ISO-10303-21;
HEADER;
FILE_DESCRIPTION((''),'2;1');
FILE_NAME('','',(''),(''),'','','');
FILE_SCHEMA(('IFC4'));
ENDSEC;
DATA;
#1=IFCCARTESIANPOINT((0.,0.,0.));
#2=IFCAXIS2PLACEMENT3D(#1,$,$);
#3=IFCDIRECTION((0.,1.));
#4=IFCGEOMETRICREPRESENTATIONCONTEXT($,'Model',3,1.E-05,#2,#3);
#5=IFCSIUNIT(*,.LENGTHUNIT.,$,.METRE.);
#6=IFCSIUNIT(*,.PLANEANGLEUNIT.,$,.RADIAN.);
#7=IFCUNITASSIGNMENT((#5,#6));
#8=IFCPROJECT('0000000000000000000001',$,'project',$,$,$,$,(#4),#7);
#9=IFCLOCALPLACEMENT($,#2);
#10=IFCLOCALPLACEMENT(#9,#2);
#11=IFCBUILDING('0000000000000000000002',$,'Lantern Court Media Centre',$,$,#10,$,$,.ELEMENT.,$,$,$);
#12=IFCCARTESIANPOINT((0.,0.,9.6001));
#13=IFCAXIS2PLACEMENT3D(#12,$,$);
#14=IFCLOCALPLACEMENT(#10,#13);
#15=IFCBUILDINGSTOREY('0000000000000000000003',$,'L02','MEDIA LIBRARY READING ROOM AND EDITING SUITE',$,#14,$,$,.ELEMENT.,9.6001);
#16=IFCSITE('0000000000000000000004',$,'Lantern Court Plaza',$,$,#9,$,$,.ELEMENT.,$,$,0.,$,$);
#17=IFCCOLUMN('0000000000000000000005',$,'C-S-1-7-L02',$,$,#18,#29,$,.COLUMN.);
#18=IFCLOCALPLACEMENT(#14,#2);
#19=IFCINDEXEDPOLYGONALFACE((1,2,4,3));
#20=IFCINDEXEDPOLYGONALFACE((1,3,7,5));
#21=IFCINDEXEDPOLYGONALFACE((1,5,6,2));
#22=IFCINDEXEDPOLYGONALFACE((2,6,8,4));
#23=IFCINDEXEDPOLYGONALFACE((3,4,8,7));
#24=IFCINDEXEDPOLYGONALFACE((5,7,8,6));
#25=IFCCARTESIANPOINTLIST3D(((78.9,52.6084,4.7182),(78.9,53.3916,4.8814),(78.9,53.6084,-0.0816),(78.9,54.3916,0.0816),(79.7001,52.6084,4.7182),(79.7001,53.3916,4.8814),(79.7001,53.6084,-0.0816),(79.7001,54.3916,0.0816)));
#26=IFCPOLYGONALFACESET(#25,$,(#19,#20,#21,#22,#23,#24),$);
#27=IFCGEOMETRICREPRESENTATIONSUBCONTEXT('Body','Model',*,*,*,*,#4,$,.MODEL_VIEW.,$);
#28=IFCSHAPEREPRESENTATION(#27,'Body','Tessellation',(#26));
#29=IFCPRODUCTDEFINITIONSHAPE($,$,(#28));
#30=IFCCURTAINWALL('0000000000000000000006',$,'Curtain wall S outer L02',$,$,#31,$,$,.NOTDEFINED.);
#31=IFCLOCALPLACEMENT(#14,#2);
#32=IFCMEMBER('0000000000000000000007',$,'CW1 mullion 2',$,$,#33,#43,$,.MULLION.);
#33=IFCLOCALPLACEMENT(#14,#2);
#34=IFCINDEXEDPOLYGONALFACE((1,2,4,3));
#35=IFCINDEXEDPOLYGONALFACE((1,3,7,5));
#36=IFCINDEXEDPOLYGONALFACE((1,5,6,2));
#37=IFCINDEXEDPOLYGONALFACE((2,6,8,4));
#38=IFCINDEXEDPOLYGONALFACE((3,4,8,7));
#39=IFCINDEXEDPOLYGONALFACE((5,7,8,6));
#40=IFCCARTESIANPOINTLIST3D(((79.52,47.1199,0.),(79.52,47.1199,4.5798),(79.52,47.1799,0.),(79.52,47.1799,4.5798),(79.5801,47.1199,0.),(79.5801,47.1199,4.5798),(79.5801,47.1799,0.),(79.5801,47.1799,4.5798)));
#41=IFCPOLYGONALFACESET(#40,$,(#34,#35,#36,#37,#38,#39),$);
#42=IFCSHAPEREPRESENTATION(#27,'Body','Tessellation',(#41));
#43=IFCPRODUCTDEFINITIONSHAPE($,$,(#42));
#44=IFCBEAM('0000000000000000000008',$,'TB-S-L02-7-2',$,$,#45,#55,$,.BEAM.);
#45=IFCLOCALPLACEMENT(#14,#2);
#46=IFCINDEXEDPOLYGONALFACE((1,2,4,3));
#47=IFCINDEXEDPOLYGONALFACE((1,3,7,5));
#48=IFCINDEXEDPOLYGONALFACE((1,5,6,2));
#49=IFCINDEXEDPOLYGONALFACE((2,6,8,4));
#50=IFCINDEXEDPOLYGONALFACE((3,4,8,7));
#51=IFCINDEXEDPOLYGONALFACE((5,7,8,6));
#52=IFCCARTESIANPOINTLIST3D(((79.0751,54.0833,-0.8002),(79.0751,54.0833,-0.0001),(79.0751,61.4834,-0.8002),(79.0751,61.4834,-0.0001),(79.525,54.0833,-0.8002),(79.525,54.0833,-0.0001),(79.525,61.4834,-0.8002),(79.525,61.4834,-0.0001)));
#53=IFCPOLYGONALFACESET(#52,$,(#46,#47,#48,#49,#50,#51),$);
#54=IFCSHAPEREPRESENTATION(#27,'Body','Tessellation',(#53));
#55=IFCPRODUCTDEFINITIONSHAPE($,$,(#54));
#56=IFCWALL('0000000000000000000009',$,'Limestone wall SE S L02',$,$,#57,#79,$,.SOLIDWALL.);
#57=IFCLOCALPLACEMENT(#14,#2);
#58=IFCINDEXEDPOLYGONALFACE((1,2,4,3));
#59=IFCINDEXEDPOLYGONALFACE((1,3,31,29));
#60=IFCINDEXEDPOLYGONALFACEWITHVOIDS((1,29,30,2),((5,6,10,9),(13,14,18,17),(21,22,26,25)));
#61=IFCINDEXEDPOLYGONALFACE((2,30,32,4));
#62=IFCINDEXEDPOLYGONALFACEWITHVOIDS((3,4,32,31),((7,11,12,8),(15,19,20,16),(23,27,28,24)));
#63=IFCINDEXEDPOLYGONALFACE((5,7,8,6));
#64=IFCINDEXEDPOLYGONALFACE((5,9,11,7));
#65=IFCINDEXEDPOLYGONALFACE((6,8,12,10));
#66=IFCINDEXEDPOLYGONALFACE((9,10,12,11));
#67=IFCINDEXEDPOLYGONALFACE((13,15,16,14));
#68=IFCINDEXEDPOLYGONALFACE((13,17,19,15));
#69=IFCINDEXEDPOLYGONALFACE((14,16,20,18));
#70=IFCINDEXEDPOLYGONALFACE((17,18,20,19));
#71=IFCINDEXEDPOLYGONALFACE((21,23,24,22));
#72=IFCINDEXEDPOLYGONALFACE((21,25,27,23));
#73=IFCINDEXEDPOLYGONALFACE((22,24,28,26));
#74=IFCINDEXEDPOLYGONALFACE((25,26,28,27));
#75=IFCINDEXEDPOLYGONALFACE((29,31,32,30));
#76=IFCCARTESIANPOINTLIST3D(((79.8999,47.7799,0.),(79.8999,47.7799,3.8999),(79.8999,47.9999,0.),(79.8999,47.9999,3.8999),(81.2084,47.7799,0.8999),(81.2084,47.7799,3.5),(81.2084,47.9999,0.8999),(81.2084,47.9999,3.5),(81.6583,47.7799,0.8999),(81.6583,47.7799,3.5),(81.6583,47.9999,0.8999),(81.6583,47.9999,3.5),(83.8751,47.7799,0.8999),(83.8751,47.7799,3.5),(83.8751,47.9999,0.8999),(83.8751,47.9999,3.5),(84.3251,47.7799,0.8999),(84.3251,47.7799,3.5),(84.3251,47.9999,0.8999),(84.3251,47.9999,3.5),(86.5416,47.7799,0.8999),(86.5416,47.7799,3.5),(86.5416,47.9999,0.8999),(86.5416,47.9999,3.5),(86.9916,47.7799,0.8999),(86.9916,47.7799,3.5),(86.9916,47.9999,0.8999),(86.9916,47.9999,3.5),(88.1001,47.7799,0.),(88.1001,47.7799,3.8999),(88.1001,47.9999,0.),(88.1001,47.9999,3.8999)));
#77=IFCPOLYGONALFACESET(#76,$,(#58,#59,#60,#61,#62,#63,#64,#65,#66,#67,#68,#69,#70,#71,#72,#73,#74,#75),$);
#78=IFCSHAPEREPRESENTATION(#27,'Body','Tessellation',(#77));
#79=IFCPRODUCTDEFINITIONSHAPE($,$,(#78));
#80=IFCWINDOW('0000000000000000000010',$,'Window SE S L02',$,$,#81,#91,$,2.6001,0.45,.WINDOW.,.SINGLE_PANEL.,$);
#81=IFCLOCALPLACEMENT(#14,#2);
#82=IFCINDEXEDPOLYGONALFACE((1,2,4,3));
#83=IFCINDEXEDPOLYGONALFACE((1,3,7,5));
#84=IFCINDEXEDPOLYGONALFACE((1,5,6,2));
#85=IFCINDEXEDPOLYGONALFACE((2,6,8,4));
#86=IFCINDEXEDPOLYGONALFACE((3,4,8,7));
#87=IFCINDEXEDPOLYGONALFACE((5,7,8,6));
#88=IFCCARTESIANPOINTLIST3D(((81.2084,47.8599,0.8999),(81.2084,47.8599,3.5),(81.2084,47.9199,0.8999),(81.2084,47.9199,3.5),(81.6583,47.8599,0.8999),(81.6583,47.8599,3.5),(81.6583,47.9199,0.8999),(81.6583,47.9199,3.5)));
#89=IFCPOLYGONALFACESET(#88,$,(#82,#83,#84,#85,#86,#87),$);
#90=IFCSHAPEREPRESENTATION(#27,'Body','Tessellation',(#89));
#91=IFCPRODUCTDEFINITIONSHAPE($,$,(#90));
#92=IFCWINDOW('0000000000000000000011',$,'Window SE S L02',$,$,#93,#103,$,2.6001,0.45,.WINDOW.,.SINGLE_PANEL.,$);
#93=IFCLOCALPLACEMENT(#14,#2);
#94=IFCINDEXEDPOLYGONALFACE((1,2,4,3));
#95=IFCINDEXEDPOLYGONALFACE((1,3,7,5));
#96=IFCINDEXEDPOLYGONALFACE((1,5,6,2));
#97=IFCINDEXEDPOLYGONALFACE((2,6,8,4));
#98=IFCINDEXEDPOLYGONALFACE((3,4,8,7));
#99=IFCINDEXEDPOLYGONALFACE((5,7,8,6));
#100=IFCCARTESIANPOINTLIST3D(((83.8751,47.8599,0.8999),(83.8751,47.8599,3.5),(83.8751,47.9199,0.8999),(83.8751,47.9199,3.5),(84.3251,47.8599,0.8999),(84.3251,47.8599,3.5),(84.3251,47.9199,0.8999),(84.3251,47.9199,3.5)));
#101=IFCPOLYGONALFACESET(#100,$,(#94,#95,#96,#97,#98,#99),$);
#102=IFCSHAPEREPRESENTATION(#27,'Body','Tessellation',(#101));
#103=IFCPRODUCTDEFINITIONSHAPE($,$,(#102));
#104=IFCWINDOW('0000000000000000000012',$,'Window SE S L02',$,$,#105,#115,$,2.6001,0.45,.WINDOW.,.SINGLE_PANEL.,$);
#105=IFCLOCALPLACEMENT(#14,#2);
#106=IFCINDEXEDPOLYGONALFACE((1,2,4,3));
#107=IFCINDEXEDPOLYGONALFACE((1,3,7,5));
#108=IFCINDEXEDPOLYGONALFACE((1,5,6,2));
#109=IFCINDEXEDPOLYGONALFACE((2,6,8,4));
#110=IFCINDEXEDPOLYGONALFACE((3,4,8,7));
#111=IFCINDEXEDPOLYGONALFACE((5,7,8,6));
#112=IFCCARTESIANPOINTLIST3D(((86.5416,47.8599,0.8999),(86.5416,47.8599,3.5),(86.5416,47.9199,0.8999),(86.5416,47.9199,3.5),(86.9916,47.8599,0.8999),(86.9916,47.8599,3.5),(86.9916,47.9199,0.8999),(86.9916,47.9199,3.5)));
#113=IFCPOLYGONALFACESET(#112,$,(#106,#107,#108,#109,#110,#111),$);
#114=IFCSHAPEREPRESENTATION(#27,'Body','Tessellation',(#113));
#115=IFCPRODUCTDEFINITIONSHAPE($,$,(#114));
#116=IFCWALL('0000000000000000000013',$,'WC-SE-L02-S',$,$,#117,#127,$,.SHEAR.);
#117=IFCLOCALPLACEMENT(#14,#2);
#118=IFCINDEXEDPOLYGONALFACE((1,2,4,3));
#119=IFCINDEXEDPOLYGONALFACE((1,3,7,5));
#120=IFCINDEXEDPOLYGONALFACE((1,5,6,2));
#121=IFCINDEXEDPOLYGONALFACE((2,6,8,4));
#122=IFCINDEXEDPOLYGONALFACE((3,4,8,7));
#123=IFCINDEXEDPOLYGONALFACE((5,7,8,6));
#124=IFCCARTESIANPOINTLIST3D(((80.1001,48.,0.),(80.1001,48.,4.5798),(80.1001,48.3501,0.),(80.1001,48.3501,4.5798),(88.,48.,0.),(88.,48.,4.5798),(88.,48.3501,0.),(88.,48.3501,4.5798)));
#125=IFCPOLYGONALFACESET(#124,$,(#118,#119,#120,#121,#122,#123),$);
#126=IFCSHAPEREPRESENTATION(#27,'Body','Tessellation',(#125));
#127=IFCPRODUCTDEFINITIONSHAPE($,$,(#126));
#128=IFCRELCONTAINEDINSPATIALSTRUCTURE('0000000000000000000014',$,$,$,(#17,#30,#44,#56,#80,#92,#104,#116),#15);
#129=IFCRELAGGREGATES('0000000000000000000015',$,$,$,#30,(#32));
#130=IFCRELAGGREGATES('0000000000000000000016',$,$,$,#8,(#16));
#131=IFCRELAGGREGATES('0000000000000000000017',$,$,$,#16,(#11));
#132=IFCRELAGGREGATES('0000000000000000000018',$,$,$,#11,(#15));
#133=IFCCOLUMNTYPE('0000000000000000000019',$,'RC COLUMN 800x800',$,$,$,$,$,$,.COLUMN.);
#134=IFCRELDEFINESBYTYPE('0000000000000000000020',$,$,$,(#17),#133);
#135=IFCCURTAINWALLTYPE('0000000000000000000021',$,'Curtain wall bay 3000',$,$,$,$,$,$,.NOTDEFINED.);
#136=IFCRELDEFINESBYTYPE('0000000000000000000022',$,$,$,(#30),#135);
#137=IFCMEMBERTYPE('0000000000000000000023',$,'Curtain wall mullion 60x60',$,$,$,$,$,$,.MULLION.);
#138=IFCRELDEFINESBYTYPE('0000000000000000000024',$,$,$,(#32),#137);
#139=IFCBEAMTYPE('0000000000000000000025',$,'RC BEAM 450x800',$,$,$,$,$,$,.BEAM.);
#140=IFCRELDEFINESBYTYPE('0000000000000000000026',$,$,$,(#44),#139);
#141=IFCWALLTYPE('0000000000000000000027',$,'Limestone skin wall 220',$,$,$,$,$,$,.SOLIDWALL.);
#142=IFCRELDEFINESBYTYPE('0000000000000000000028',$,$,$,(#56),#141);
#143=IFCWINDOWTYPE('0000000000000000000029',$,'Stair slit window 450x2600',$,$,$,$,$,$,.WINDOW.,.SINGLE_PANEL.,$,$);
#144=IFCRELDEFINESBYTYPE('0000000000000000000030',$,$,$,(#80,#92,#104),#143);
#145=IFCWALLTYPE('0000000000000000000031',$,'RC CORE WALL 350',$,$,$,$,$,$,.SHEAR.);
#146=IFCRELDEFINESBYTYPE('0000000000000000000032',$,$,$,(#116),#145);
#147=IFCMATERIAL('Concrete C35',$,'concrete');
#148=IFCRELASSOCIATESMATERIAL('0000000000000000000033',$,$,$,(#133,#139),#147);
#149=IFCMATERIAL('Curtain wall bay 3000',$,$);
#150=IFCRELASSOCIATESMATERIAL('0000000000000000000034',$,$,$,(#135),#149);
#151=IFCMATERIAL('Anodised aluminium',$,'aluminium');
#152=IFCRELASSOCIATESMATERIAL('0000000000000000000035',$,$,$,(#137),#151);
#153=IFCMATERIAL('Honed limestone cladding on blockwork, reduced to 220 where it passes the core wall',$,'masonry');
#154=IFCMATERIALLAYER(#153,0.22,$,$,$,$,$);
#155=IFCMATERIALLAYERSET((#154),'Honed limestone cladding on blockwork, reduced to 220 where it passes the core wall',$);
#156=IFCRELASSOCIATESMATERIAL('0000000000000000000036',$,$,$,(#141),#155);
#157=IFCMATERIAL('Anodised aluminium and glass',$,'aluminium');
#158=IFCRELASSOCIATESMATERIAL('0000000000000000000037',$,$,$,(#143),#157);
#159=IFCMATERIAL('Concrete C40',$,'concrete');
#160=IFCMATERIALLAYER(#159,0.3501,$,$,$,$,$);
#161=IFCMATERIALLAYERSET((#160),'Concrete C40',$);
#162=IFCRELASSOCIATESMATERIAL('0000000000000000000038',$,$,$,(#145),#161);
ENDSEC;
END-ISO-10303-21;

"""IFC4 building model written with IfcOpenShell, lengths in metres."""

from ifc_helpers import new_model, si_unit, direction, frame, frame_2d, origin, origin_2d, place, context, subcontext, project, spatial, rectangle, extrude, material, layer, layer_set, material_profile, profile_set, type_object, element, fill, aggregate, save


model = new_model("IFC4")

# Units and contexts
model_context = context("Model", 3, precision=1e-05, world=origin(), true_north=direction((0.0, 1.0)))
body_context = subcontext(model_context, "Body", "Model", "MODEL_VIEW")
ifc_project = project(units=[si_unit("LENGTHUNIT", "METRE"), si_unit("PLANEANGLEUNIT", "RADIAN")], contexts=[model_context])

# Site, building, storey
site_placement = place(None, origin())
site = spatial("IfcSite", under=ifc_project, at=site_placement, Name="Lantern Court Plaza", CompositionType="ELEMENT", RefElevation=0.0)
building_placement = place(site_placement, origin())
building = spatial("IfcBuilding", under=site, at=building_placement, Name="Lantern Court Media Centre", CompositionType="ELEMENT")
storey_placement = place(building_placement, frame((0.0, 0.0, 9.6001)))
storey = spatial("IfcBuildingStorey", under=building, at=storey_placement, Name="L02", Description="MEDIA LIBRARY READING ROOM AND EDITING SUITE", CompositionType="ELEMENT", Elevation=9.6001)

# Column
ifc_material_1 = material(Name="Concrete C35", Category="concrete")
ifc_material_profile_1 = material_profile(ifc_material_1, rectangle(XDim=0.8, YDim=0.8, at=origin_2d()), Name="RC 800x800")
ifc_profile_set_1 = profile_set([ifc_material_profile_1], Name="Concrete C35")
column_type = type_object("IfcColumnType", Name="RC COLUMN 800x800", PredefinedType="COLUMN", material=ifc_profile_set_1)
column_placement = place(storey_placement, frame((79.3, 54.0, 0.0), z_axis=(0.0, -0.203962, 0.978979), x_axis=(1.0, 0.0, 0.0)))
element("IfcColumn", 1, at=column_placement, inside=storey, type_object=column_type, Name="C-S-1-7-L02", PredefinedType="COLUMN", context=body_context, shape_type="SweptSolid", body=[
    extrude(rectangle(XDim=0.8, YDim=0.8, at=origin_2d()), origin(), (0.0, 0.0, 1.0), 4.9028),
])

# Curtain wall, member
ifc_material_2 = material(Name="Curtain wall bay 3000")
curtain_wall_type = type_object("IfcCurtainWallType", Name="Curtain wall bay 3000", PredefinedType="NOTDEFINED", material=ifc_material_2)
curtain_wall_placement = place(storey_placement, origin())
curtain_wall = element("IfcCurtainWall", 2, at=curtain_wall_placement, inside=storey, type_object=curtain_wall_type, Name="Curtain wall S outer L02", PredefinedType="NOTDEFINED")
ifc_material_3 = material(Name="Anodised aluminium", Category="aluminium")
ifc_material_profile_2 = material_profile(ifc_material_3, rectangle(XDim=0.0601, YDim=0.0601, at=origin_2d()), Name="AL 60x60")
ifc_profile_set_2 = profile_set([ifc_material_profile_2], Name="Anodised aluminium")
member_type = type_object("IfcMemberType", Name="Curtain wall mullion 60x60", PredefinedType="MULLION", material=ifc_profile_set_2)
member_placement = place(storey_placement, frame((79.55, 47.1499, 0.0), z_axis=(0.0, 0.0, 1.0), x_axis=(0.0, 1.0, 0.0)))
member = element("IfcMember", 3, at=member_placement, type_object=member_type, Name="CW1 mullion 2", PredefinedType="MULLION", context=body_context, shape_type="SweptSolid", body=[
    extrude(rectangle(XDim=0.0601, YDim=0.0601, at=origin_2d()), origin(), (0.0, 0.0, 1.0), 4.5798),
])
aggregate(curtain_wall, [member])

# Beam
ifc_material_profile_3 = material_profile(ifc_material_1, rectangle(XDim=0.45, YDim=0.8, at=origin_2d()), Name="RC 450x800")
ifc_profile_set_3 = profile_set([ifc_material_profile_3], Name="Concrete C35")
beam_type = type_object("IfcBeamType", Name="RC BEAM 450x800", PredefinedType="BEAM", material=ifc_profile_set_3)
beam_placement = place(storey_placement, frame((79.3, 54.0833, -0.4001), z_axis=(0.0, 1.0, 0.0), x_axis=(-1.0, 0.0, 0.0)))
element("IfcBeam", 4, at=beam_placement, inside=storey, type_object=beam_type, Name="TB-S-L02-7-2", PredefinedType="BEAM", context=body_context, shape_type="SweptSolid", body=[
    extrude(rectangle(XDim=0.45, YDim=0.8, at=origin_2d()), origin(), (0.0, 0.0, 1.0), 7.4001),
])

# Wall, openings, windows
ifc_material_4 = material(Name="Honed limestone cladding on blockwork, reduced to 220 where it passes the core wall", Category="masonry")
ifc_layer_1 = layer(ifc_material_4, 0.22)
ifc_layer_set_1 = layer_set([ifc_layer_1], Name="Honed limestone cladding on blockwork, reduced to 220 where it passes the core wall")
wall_type_1 = type_object("IfcWallType", Name="Limestone skin wall 220", PredefinedType="SOLIDWALL", material=ifc_layer_set_1)
wall_1_placement = place(storey_placement, frame((79.8999, 47.8899, 0.0), z_axis=(0.0, 0.0, 1.0), x_axis=(1.0, 0.0, 0.0)))
wall_1 = element("IfcWall", 5, at=wall_1_placement, inside=storey, type_object=wall_type_1, Name="Limestone wall SE S L02", PredefinedType="SOLIDWALL", context=body_context, shape_type="SweptSolid", body=[
    extrude(rectangle(XDim=8.2002, YDim=0.22, at=frame_2d((4.1001, 0.0))), origin(), (0.0, 0.0, 1.0), 3.8999),
])
opening_1_placement = place(wall_1_placement, frame((1.3083, 0.0, 0.8999)))
opening_1 = element("IfcOpeningElement", 6, at=opening_1_placement, cuts=wall_1, PredefinedType="OPENING", context=body_context, shape_type="SweptSolid", body=[
    extrude(rectangle(XDim=0.45, YDim=2.6001, at=frame_2d((0.2251, 1.3))), frame((0.0, 0.1199, 0.0), z_axis=(0.0, -1.0, 0.0), x_axis=(1.0, 0.0, 0.0)), (0.0, 0.0, 1.0), 0.24),
])
opening_2_placement = place(wall_1_placement, frame((3.9751, 0.0, 0.8999)))
opening_2 = element("IfcOpeningElement", 7, at=opening_2_placement, cuts=wall_1, PredefinedType="OPENING", context=body_context, shape_type="SweptSolid", body=[
    extrude(rectangle(XDim=0.45, YDim=2.6001, at=frame_2d((0.2251, 1.3))), frame((0.0, 0.1199, 0.0), z_axis=(0.0, -1.0, 0.0), x_axis=(1.0, 0.0, 0.0)), (0.0, 0.0, 1.0), 0.24),
])
opening_3_placement = place(wall_1_placement, frame((6.6416, 0.0, 0.8999)))
opening_3 = element("IfcOpeningElement", 8, at=opening_3_placement, cuts=wall_1, PredefinedType="OPENING", context=body_context, shape_type="SweptSolid", body=[
    extrude(rectangle(XDim=0.45, YDim=2.6001, at=frame_2d((0.2251, 1.3))), frame((0.0, 0.1199, 0.0), z_axis=(0.0, -1.0, 0.0), x_axis=(1.0, 0.0, 0.0)), (0.0, 0.0, 1.0), 0.24),
])
ifc_material_5 = material(Name="Anodised aluminium and glass", Category="aluminium")
window_type = type_object("IfcWindowType", Name="Stair slit window 450x2600", PartitioningType="SINGLE_PANEL", PredefinedType="WINDOW", material=ifc_material_5)
window_1_placement = place(opening_1_placement, origin())
window_1 = element("IfcWindow", 9, at=window_1_placement, inside=storey, type_object=window_type, Name="Window SE S L02", OverallHeight=2.6001, OverallWidth=0.45, PartitioningType="SINGLE_PANEL", PredefinedType="WINDOW", context=body_context, shape_type="SweptSolid", body=[
    extrude(rectangle(XDim=0.45, YDim=2.6001, at=frame_2d((0.2251, 1.3))), frame((0.0, 0.03, 0.0), z_axis=(0.0, -1.0, 0.0), x_axis=(1.0, 0.0, 0.0)), (0.0, 0.0, 1.0), 0.0601),
])
fill(opening_1, window_1)
window_2_placement = place(opening_2_placement, origin())
window_2 = element("IfcWindow", 10, at=window_2_placement, inside=storey, type_object=window_type, Name="Window SE S L02", OverallHeight=2.6001, OverallWidth=0.45, PartitioningType="SINGLE_PANEL", PredefinedType="WINDOW", context=body_context, shape_type="SweptSolid", body=[
    extrude(rectangle(XDim=0.45, YDim=2.6001, at=frame_2d((0.2251, 1.3))), frame((0.0, 0.03, 0.0), z_axis=(0.0, -1.0, 0.0), x_axis=(1.0, 0.0, 0.0)), (0.0, 0.0, 1.0), 0.0601),
])
fill(opening_2, window_2)
window_3_placement = place(opening_3_placement, origin())
window_3 = element("IfcWindow", 11, at=window_3_placement, inside=storey, type_object=window_type, Name="Window SE S L02", OverallHeight=2.6001, OverallWidth=0.45, PartitioningType="SINGLE_PANEL", PredefinedType="WINDOW", context=body_context, shape_type="SweptSolid", body=[
    extrude(rectangle(XDim=0.45, YDim=2.6001, at=frame_2d((0.2251, 1.3))), frame((0.0, 0.03, 0.0), z_axis=(0.0, -1.0, 0.0), x_axis=(1.0, 0.0, 0.0)), (0.0, 0.0, 1.0), 0.0601),
])
fill(opening_3, window_3)

# Wall
ifc_material_6 = material(Name="Concrete C40", Category="concrete")
ifc_layer_2 = layer(ifc_material_6, 0.3501)
ifc_layer_set_2 = layer_set([ifc_layer_2], Name="Concrete C40")
wall_type_2 = type_object("IfcWallType", Name="RC CORE WALL 350", PredefinedType="SHEAR", material=ifc_layer_set_2)
wall_2_placement = place(storey_placement, frame((80.1001, 48.175, 0.0), z_axis=(0.0, 0.0, 1.0), x_axis=(1.0, 0.0, 0.0)))
element("IfcWall", 12, at=wall_2_placement, inside=storey, type_object=wall_type_2, Name="WC-SE-L02-S", PredefinedType="SHEAR", context=body_context, shape_type="SweptSolid", body=[
    extrude(rectangle(XDim=7.8999, YDim=0.3501, at=frame_2d((3.95, 0.0))), origin(), (0.0, 0.0, 1.0), 4.5798),
])

save(model, "model.ifc")
